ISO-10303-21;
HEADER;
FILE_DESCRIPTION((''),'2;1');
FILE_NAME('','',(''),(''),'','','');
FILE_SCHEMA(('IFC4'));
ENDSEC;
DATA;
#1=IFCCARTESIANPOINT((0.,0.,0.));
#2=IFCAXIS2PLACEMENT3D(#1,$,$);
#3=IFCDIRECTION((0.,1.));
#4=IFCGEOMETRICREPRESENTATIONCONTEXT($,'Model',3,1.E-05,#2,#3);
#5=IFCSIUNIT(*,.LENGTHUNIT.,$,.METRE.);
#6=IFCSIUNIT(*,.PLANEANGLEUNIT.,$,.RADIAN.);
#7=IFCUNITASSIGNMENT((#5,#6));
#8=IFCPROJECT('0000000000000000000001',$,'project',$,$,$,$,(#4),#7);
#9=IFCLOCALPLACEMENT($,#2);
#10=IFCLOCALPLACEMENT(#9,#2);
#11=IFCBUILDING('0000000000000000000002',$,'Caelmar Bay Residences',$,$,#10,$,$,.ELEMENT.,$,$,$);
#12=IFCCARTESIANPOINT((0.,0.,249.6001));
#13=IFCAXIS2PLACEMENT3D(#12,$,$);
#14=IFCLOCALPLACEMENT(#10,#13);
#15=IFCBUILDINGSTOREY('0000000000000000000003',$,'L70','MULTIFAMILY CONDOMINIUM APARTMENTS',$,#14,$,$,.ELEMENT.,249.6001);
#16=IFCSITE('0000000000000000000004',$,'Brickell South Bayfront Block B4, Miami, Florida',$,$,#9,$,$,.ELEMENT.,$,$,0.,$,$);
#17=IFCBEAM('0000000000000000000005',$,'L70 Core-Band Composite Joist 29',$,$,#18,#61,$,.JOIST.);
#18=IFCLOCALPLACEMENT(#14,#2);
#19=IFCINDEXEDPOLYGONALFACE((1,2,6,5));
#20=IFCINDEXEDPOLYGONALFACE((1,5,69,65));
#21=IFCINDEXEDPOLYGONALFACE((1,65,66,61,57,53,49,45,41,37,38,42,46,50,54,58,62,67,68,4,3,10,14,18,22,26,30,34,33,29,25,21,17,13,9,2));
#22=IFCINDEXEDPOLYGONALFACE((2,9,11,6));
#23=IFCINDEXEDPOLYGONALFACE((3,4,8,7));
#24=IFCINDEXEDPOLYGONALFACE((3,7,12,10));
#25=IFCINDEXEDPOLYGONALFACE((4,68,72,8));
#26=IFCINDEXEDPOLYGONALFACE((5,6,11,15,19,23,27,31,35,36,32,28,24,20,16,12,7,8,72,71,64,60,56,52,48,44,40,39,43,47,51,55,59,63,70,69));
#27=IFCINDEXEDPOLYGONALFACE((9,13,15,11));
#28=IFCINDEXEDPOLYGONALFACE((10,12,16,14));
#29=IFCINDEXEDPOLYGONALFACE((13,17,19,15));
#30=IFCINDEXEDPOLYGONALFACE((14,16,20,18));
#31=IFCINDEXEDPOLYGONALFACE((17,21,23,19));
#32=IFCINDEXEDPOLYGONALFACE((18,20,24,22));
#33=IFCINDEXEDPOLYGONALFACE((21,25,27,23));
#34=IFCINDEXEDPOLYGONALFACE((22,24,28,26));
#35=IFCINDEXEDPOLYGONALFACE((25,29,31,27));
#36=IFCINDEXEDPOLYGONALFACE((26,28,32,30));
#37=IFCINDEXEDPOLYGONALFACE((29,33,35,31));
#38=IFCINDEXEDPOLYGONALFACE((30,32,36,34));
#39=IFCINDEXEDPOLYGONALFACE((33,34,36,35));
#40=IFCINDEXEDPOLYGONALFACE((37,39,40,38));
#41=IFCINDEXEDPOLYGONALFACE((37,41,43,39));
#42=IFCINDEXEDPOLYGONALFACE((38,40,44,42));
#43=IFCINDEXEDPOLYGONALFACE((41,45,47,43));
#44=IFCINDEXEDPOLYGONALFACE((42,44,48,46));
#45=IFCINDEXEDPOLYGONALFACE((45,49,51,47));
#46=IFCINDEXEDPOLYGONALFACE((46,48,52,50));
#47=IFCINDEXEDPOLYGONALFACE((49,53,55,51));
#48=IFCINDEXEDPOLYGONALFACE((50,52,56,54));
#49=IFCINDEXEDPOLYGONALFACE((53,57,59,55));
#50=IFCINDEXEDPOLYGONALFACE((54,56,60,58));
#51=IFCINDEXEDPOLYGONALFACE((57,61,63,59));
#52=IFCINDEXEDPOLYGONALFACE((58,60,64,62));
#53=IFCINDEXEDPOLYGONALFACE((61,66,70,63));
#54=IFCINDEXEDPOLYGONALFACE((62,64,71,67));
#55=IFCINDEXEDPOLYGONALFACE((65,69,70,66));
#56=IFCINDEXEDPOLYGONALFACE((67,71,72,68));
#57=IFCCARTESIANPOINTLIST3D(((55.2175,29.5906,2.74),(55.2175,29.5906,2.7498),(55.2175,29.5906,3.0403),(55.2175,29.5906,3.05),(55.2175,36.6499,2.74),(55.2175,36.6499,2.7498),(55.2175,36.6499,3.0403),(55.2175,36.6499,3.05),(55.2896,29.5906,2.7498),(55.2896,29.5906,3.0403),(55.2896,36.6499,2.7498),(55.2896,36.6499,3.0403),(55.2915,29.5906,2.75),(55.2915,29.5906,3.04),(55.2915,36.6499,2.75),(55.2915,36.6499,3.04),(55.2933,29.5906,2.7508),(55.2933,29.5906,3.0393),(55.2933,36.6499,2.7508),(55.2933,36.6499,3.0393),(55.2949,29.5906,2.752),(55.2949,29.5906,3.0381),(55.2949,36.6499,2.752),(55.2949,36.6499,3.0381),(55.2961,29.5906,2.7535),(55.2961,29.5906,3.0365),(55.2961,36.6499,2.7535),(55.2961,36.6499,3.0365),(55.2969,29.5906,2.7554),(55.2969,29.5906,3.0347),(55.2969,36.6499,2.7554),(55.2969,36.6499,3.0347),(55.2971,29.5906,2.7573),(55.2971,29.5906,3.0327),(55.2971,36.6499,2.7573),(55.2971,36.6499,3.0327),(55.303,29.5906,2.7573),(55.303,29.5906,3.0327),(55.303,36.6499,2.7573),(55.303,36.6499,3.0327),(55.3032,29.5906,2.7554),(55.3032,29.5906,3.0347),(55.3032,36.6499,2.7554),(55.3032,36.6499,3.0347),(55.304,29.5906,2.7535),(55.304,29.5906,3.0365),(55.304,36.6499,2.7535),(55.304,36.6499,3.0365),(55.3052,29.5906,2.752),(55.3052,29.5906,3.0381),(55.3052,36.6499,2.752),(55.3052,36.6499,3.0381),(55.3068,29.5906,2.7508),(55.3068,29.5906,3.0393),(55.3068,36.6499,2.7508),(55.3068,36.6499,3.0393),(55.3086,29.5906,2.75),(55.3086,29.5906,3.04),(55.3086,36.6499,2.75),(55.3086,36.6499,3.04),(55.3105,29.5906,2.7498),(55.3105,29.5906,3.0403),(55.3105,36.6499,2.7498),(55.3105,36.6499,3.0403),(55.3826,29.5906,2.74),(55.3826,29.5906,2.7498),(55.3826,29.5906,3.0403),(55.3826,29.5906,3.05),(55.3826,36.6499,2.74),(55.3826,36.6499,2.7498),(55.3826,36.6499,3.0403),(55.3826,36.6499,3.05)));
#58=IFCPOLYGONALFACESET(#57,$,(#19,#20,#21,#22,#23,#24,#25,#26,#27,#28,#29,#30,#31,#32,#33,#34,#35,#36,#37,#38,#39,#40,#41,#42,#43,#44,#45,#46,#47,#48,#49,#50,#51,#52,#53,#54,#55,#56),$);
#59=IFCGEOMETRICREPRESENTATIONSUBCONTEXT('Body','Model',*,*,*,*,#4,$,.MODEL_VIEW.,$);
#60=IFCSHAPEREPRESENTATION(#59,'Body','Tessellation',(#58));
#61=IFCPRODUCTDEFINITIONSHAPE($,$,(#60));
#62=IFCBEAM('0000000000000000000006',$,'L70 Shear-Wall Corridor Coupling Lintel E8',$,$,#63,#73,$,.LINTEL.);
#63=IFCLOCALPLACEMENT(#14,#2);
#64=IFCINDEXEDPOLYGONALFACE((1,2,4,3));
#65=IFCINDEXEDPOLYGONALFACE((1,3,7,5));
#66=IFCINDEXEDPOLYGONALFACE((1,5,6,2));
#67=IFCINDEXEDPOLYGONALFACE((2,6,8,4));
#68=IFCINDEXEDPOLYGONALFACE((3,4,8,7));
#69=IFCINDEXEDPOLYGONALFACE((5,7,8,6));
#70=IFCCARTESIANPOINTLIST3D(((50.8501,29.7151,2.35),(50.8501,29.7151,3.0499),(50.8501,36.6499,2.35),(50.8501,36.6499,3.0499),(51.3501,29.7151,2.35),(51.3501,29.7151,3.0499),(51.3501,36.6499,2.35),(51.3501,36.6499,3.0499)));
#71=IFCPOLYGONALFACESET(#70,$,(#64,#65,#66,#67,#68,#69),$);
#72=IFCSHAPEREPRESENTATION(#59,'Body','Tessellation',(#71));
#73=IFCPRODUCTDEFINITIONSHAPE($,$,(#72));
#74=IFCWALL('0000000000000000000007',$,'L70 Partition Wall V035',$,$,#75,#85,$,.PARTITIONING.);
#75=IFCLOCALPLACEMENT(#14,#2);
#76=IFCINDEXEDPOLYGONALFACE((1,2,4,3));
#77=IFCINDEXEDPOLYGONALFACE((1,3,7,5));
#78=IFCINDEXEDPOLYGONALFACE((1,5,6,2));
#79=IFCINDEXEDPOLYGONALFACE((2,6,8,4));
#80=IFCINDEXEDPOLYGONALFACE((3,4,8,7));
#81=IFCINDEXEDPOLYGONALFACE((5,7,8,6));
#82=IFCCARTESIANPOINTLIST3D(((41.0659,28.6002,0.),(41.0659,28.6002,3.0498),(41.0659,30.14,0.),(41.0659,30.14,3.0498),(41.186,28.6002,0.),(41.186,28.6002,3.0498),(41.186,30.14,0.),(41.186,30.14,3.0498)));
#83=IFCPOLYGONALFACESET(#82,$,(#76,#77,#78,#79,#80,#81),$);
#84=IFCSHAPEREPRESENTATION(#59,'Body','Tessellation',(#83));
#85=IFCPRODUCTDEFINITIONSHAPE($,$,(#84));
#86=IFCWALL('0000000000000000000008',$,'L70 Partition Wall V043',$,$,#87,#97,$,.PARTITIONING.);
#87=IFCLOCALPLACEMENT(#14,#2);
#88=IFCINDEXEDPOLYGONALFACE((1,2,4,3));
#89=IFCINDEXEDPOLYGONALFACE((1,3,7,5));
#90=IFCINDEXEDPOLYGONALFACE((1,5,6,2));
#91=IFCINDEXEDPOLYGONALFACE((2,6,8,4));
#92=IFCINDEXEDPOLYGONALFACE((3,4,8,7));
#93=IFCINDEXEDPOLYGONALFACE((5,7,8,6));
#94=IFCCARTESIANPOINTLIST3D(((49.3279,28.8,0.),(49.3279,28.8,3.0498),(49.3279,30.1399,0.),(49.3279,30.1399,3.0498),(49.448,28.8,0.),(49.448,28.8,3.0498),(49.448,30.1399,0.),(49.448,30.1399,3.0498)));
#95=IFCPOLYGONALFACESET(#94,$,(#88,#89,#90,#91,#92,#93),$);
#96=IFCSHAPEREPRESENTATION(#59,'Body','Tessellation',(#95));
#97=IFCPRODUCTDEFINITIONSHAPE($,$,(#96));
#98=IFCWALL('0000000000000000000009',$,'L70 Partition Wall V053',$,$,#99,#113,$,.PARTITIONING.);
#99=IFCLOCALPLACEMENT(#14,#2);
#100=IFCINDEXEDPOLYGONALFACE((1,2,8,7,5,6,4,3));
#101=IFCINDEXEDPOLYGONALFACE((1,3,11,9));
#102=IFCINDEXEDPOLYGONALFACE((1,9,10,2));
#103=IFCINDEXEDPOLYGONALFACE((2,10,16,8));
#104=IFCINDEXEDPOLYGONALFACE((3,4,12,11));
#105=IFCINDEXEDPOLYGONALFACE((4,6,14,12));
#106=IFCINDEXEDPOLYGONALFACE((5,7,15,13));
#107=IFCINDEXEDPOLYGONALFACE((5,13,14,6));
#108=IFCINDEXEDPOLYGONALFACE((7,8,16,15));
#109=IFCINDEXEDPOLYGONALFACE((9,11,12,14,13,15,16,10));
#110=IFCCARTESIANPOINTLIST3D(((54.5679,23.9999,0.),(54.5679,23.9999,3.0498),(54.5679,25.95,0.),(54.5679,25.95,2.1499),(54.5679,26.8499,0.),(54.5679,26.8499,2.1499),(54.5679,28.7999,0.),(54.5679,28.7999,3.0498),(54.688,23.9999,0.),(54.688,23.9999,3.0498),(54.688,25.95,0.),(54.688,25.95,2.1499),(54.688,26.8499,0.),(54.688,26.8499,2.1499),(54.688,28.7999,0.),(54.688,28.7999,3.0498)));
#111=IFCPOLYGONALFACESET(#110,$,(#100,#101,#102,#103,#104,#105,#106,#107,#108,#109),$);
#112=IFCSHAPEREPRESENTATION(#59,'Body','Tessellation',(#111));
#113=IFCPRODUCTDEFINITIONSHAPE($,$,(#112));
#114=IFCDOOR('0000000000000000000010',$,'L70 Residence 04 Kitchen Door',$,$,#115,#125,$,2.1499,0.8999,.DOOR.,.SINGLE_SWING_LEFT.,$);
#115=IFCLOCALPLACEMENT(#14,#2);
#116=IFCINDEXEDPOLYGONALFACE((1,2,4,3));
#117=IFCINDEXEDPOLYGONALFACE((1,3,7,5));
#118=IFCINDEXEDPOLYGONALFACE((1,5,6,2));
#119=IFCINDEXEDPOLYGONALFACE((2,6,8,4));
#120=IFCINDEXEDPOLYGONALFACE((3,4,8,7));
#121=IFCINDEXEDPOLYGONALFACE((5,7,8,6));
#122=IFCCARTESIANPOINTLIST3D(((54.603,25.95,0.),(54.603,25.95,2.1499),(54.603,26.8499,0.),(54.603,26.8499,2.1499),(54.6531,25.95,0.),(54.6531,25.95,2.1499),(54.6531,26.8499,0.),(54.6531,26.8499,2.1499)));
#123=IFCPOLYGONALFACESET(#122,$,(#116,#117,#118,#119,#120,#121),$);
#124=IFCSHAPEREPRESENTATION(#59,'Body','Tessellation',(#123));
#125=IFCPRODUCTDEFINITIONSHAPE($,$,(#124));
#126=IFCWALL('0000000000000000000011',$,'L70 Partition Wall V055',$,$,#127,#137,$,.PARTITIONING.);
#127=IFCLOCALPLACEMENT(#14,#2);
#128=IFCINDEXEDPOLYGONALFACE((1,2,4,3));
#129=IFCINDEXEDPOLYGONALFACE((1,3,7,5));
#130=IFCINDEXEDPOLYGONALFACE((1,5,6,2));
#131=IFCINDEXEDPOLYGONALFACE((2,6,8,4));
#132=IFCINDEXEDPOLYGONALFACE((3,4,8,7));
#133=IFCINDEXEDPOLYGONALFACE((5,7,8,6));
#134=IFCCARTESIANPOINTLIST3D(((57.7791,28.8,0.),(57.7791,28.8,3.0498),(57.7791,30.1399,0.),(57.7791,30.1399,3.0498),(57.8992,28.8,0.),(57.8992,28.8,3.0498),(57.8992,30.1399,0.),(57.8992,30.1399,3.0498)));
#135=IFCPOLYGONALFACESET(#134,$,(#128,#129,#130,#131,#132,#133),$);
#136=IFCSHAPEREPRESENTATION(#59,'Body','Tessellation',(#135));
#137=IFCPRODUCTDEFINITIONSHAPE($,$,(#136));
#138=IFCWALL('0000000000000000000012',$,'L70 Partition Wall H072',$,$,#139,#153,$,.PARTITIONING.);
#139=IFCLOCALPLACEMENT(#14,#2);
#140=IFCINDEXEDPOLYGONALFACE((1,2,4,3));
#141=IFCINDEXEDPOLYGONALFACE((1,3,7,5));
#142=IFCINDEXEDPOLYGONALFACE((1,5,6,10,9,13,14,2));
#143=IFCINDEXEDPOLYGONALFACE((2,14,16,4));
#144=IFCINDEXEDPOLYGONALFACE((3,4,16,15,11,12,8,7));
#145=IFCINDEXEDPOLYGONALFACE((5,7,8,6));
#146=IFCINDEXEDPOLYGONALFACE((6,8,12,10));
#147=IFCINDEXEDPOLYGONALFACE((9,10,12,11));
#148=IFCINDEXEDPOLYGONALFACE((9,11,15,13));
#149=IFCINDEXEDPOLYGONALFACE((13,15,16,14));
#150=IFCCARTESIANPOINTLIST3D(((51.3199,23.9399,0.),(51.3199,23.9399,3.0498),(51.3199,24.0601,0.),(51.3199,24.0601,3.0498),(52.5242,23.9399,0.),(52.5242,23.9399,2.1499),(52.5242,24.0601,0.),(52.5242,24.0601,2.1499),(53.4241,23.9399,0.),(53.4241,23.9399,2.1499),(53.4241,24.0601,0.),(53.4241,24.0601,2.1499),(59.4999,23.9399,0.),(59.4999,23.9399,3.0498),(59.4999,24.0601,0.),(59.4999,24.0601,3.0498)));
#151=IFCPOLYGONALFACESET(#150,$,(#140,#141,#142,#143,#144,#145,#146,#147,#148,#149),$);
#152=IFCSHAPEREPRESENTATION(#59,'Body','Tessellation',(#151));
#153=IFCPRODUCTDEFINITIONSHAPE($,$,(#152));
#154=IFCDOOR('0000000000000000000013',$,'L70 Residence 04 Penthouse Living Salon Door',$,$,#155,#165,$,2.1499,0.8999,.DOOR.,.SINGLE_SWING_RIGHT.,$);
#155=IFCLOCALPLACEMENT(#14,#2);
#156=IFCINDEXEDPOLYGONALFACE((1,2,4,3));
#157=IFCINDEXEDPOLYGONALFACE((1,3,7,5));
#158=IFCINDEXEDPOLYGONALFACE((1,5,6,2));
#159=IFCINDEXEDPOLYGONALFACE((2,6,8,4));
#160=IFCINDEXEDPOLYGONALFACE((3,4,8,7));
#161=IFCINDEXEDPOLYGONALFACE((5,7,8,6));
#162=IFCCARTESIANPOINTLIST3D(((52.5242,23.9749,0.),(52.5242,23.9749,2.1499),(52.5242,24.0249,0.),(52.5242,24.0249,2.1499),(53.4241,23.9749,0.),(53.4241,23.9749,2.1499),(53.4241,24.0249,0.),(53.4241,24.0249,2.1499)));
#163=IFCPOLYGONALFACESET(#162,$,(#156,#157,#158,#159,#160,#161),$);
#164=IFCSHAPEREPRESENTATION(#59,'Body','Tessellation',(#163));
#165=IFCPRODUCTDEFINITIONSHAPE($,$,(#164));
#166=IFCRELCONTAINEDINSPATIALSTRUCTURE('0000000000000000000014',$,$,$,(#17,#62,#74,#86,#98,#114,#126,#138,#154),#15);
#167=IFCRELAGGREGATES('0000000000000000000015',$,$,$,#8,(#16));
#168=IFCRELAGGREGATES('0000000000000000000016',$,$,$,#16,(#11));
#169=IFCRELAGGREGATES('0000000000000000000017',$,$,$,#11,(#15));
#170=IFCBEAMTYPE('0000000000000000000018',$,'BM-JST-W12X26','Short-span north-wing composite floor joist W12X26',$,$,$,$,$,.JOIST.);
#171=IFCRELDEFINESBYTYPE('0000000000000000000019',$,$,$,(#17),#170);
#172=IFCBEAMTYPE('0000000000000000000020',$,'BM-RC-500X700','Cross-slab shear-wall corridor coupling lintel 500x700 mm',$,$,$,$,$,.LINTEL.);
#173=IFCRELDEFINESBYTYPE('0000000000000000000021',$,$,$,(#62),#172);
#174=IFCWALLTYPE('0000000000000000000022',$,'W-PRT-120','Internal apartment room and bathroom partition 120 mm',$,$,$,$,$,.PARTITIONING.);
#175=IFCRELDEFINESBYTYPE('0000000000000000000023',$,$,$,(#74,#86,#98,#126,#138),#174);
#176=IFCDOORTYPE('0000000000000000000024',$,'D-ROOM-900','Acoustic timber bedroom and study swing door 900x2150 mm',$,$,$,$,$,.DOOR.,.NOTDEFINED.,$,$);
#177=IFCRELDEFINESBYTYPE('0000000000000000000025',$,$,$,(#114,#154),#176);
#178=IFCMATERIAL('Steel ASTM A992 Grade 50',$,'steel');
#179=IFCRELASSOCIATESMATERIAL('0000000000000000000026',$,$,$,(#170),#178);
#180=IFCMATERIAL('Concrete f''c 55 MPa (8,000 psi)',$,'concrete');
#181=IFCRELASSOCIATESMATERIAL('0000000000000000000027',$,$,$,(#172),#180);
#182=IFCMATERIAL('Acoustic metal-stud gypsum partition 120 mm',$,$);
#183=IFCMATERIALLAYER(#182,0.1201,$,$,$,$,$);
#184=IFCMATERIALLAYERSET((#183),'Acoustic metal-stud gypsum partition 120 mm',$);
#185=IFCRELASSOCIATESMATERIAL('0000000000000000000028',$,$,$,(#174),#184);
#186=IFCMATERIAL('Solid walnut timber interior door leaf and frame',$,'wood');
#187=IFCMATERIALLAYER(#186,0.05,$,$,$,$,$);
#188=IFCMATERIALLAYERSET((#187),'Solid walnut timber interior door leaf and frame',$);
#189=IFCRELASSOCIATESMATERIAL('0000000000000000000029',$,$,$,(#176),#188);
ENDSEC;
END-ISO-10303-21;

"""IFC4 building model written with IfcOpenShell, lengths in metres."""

from ifc_helpers import new_model, si_unit, direction, frame, frame_2d, origin, origin_2d, place, context, subcontext, project, spatial, rectangle, i_section, extrude, material, layer, layer_set, material_profile, profile_set, type_object, element, fill, save


model = new_model("IFC4")

# Units and contexts
model_context = context("Model", 3, precision=1e-05, world=origin(), true_north=direction((0.0, 1.0)))
body_context = subcontext(model_context, "Body", "Model", "MODEL_VIEW")
ifc_project = project(units=[si_unit("LENGTHUNIT", "METRE"), si_unit("PLANEANGLEUNIT", "RADIAN")], contexts=[model_context])

# Site, building, storey
site_placement = place(None, origin())
site = spatial("IfcSite", under=ifc_project, at=site_placement, Name="Brickell South Bayfront Block B4, Miami, Florida", CompositionType="ELEMENT", RefElevation=0.0)
building_placement = place(site_placement, origin())
building = spatial("IfcBuilding", under=site, at=building_placement, Name="Caelmar Bay Residences", CompositionType="ELEMENT")
storey_placement = place(building_placement, frame((0.0, 0.0, 249.6001)))
storey = spatial("IfcBuildingStorey", under=building, at=storey_placement, Name="L70", Description="MULTIFAMILY CONDOMINIUM APARTMENTS", CompositionType="ELEMENT", Elevation=249.6001)

# Shared definitions
ifc_material_1 = material(Name="Concrete f'c 55 MPa (8,000 psi)", Category="concrete")

# Beams
ifc_material_2 = material(Name="Steel ASTM A992 Grade 50", Category="steel")
ifc_material_profile_1 = material_profile(ifc_material_2, i_section(OverallWidth=0.165, OverallDepth=0.3101, WebThickness=0.0059, FlangeThickness=0.0098, FilletRadius=0.0076, at=origin_2d()), Name="W12X26")
ifc_profile_set_1 = profile_set([ifc_material_profile_1], Name="Steel ASTM A992 Grade 50")
beam_type_1 = type_object("IfcBeamType", Name="BM-JST-W12X26", Description="Short-span north-wing composite floor joist W12X26", PredefinedType="JOIST", material=ifc_profile_set_1)
for number, where, z_axis, x_axis, name in (
    (1, (55.3, 29.5906, 2.895), (0.0, 1.0, 0.0), (-1.0, 0.0, 0.0), "L70 Core-Band Composite Joist 29"),
):
    element("IfcBeam", number, at=place(storey_placement, frame(where, z_axis=z_axis, x_axis=x_axis)), inside=storey, type_object=beam_type_1, Name=name, PredefinedType="JOIST", context=body_context, shape_type="SweptSolid", body=[
        extrude(i_section(OverallWidth=0.165, OverallDepth=0.3101, WebThickness=0.0059, FlangeThickness=0.0098, FilletRadius=0.0076, at=origin_2d()), origin(), (0.0, 0.0, 1.0), 7.0593),
    ])
ifc_material_profile_2 = material_profile(ifc_material_1, rectangle(XDim=0.5, YDim=0.7, at=origin_2d()), Name="RC-BM-500X700")
ifc_profile_set_2 = profile_set([ifc_material_profile_2], Name="Concrete f'c 55 MPa (8,000 psi)")
beam_type_2 = type_object("IfcBeamType", Name="BM-RC-500X700", Description="Cross-slab shear-wall corridor coupling lintel 500x700 mm", PredefinedType="LINTEL", material=ifc_profile_set_2)
beam_1_placement = place(storey_placement, frame((51.1001, 29.7151, 2.7), z_axis=(0.0, 1.0, 0.0), x_axis=(-1.0, 0.0, 0.0)))
element("IfcBeam", 2, at=beam_1_placement, inside=storey, type_object=beam_type_2, Name="L70 Shear-Wall Corridor Coupling Lintel E8", PredefinedType="LINTEL", context=body_context, shape_type="SweptSolid", body=[
    extrude(rectangle(XDim=0.5, YDim=0.7, at=origin_2d()), origin(), (0.0, 0.0, 1.0), 6.9348),
])

# Walls
ifc_material_3 = material(Name="Acoustic metal-stud gypsum partition 120 mm")
ifc_layer_1 = layer(ifc_material_3, 0.1201)
ifc_layer_set_1 = layer_set([ifc_layer_1], Name="Acoustic metal-stud gypsum partition 120 mm")
wall_type_1 = type_object("IfcWallType", Name="W-PRT-120", Description="Internal apartment room and bathroom partition 120 mm", PredefinedType="PARTITIONING", material=ifc_layer_set_1)
wall_1_placement = place(storey_placement, frame((41.126, 28.6001, 0.0), z_axis=(0.0, 0.0, 1.0), x_axis=(0.0, 1.0, 0.0)))
element("IfcWall", 3, at=wall_1_placement, inside=storey, type_object=wall_type_1, Name="L70 Partition Wall V035", PredefinedType="PARTITIONING", context=body_context, shape_type="SweptSolid", body=[
    extrude(rectangle(XDim=1.5398, YDim=0.1201, at=frame_2d((0.77, 0.0))), origin(), (0.0, 0.0, 1.0), 3.0498),
])
wall_2_placement = place(storey_placement, frame((49.3879, 28.8, 0.0), z_axis=(0.0, 0.0, 1.0), x_axis=(0.0, 1.0, 0.0)))
element("IfcWall", 4, at=wall_2_placement, inside=storey, type_object=wall_type_1, Name="L70 Partition Wall V043", PredefinedType="PARTITIONING", context=body_context, shape_type="SweptSolid", body=[
    extrude(rectangle(XDim=1.3398, YDim=0.1201, at=frame_2d((0.6699, 0.0))), origin(), (0.0, 0.0, 1.0), 3.0498),
])

# Wall, opening, door
wall_3_placement = place(storey_placement, frame((54.6279, 24.0, 0.0), z_axis=(0.0, 0.0, 1.0), x_axis=(0.0, 1.0, 0.0)))
wall_3 = element("IfcWall", 5, at=wall_3_placement, inside=storey, type_object=wall_type_1, Name="L70 Partition Wall V053", PredefinedType="PARTITIONING", context=body_context, shape_type="SweptSolid", body=[
    extrude(rectangle(XDim=4.8, YDim=0.1201, at=frame_2d((2.3999, 0.0))), origin(), (0.0, 0.0, 1.0), 3.0498),
])
opening_1_placement = place(wall_3_placement, frame((1.95, 0.0, 0.0)))
opening_1 = element("IfcOpeningElement", 6, at=opening_1_placement, cuts=wall_3, PredefinedType="OPENING", context=body_context, shape_type="SweptSolid", body=[
    extrude(rectangle(XDim=0.8999, YDim=2.1499, at=frame_2d((0.45, 1.075))), frame((0.0, 0.0701, 0.0), z_axis=(0.0, -1.0, 0.0), x_axis=(1.0, 0.0, 0.0)), (0.0, 0.0, 1.0), 0.1401),
])
ifc_material_4 = material(Name="Solid walnut timber interior door leaf and frame", Category="wood")
ifc_layer_2 = layer(ifc_material_4, 0.05)
ifc_layer_set_2 = layer_set([ifc_layer_2], Name="Solid walnut timber interior door leaf and frame")
door_type = type_object("IfcDoorType", Name="D-ROOM-900", Description="Acoustic timber bedroom and study swing door 900x2150 mm", OperationType="NOTDEFINED", PredefinedType="DOOR", material=ifc_layer_set_2)
door_1_placement = place(opening_1_placement, origin())
door_1 = element("IfcDoor", 7, at=door_1_placement, inside=storey, type_object=door_type, Name="L70 Residence 04 Kitchen Door", OperationType="SINGLE_SWING_LEFT", OverallHeight=2.1499, OverallWidth=0.8999, PredefinedType="DOOR", context=body_context, shape_type="SweptSolid", body=[
    extrude(rectangle(XDim=0.8999, YDim=2.1499, at=frame_2d((0.45, 1.075))), frame((0.0, 0.0249, 0.0), z_axis=(0.0, -1.0, 0.0), x_axis=(1.0, 0.0, 0.0)), (0.0, 0.0, 1.0), 0.05),
])
fill(opening_1, door_1)

# Wall
wall_4_placement = place(storey_placement, frame((57.8391, 28.8, 0.0), z_axis=(0.0, 0.0, 1.0), x_axis=(0.0, 1.0, 0.0)))
element("IfcWall", 8, at=wall_4_placement, inside=storey, type_object=wall_type_1, Name="L70 Partition Wall V055", PredefinedType="PARTITIONING", context=body_context, shape_type="SweptSolid", body=[
    extrude(rectangle(XDim=1.3398, YDim=0.1201, at=frame_2d((0.6699, 0.0))), origin(), (0.0, 0.0, 1.0), 3.0498),
])

# Wall, opening, door
wall_5_placement = place(storey_placement, frame((51.3201, 24.0, 0.0), z_axis=(0.0, 0.0, 1.0), x_axis=(1.0, 0.0, 0.0)))
wall_5 = element("IfcWall", 9, at=wall_5_placement, inside=storey, type_object=wall_type_1, Name="L70 Partition Wall H072", PredefinedType="PARTITIONING", context=body_context, shape_type="SweptSolid", body=[
    extrude(rectangle(XDim=8.1799, YDim=0.1201, at=frame_2d((4.0898, 0.0))), origin(), (0.0, 0.0, 1.0), 3.0498),
])
opening_2_placement = place(wall_5_placement, frame((1.2041, 0.0, 0.0)))
opening_2 = element("IfcOpeningElement", 10, at=opening_2_placement, cuts=wall_5, PredefinedType="OPENING", context=body_context, shape_type="SweptSolid", body=[
    extrude(rectangle(XDim=0.8999, YDim=2.1499, at=frame_2d((0.45, 1.075))), frame((0.0, 0.0701, 0.0), z_axis=(0.0, -1.0, 0.0), x_axis=(1.0, 0.0, 0.0)), (0.0, 0.0, 1.0), 0.1401),
])
door_2_placement = place(opening_2_placement, origin())
door_2 = element("IfcDoor", 11, at=door_2_placement, inside=storey, type_object=door_type, Name="L70 Residence 04 Penthouse Living Salon Door", OperationType="SINGLE_SWING_RIGHT", OverallHeight=2.1499, OverallWidth=0.8999, PredefinedType="DOOR", context=body_context, shape_type="SweptSolid", body=[
    extrude(rectangle(XDim=0.8999, YDim=2.1499, at=frame_2d((0.45, 1.075))), frame((0.0, 0.0249, 0.0), z_axis=(0.0, -1.0, 0.0), x_axis=(1.0, 0.0, 0.0)), (0.0, 0.0, 1.0), 0.05),
])
fill(opening_2, door_2)

save(model, "model.ifc")
